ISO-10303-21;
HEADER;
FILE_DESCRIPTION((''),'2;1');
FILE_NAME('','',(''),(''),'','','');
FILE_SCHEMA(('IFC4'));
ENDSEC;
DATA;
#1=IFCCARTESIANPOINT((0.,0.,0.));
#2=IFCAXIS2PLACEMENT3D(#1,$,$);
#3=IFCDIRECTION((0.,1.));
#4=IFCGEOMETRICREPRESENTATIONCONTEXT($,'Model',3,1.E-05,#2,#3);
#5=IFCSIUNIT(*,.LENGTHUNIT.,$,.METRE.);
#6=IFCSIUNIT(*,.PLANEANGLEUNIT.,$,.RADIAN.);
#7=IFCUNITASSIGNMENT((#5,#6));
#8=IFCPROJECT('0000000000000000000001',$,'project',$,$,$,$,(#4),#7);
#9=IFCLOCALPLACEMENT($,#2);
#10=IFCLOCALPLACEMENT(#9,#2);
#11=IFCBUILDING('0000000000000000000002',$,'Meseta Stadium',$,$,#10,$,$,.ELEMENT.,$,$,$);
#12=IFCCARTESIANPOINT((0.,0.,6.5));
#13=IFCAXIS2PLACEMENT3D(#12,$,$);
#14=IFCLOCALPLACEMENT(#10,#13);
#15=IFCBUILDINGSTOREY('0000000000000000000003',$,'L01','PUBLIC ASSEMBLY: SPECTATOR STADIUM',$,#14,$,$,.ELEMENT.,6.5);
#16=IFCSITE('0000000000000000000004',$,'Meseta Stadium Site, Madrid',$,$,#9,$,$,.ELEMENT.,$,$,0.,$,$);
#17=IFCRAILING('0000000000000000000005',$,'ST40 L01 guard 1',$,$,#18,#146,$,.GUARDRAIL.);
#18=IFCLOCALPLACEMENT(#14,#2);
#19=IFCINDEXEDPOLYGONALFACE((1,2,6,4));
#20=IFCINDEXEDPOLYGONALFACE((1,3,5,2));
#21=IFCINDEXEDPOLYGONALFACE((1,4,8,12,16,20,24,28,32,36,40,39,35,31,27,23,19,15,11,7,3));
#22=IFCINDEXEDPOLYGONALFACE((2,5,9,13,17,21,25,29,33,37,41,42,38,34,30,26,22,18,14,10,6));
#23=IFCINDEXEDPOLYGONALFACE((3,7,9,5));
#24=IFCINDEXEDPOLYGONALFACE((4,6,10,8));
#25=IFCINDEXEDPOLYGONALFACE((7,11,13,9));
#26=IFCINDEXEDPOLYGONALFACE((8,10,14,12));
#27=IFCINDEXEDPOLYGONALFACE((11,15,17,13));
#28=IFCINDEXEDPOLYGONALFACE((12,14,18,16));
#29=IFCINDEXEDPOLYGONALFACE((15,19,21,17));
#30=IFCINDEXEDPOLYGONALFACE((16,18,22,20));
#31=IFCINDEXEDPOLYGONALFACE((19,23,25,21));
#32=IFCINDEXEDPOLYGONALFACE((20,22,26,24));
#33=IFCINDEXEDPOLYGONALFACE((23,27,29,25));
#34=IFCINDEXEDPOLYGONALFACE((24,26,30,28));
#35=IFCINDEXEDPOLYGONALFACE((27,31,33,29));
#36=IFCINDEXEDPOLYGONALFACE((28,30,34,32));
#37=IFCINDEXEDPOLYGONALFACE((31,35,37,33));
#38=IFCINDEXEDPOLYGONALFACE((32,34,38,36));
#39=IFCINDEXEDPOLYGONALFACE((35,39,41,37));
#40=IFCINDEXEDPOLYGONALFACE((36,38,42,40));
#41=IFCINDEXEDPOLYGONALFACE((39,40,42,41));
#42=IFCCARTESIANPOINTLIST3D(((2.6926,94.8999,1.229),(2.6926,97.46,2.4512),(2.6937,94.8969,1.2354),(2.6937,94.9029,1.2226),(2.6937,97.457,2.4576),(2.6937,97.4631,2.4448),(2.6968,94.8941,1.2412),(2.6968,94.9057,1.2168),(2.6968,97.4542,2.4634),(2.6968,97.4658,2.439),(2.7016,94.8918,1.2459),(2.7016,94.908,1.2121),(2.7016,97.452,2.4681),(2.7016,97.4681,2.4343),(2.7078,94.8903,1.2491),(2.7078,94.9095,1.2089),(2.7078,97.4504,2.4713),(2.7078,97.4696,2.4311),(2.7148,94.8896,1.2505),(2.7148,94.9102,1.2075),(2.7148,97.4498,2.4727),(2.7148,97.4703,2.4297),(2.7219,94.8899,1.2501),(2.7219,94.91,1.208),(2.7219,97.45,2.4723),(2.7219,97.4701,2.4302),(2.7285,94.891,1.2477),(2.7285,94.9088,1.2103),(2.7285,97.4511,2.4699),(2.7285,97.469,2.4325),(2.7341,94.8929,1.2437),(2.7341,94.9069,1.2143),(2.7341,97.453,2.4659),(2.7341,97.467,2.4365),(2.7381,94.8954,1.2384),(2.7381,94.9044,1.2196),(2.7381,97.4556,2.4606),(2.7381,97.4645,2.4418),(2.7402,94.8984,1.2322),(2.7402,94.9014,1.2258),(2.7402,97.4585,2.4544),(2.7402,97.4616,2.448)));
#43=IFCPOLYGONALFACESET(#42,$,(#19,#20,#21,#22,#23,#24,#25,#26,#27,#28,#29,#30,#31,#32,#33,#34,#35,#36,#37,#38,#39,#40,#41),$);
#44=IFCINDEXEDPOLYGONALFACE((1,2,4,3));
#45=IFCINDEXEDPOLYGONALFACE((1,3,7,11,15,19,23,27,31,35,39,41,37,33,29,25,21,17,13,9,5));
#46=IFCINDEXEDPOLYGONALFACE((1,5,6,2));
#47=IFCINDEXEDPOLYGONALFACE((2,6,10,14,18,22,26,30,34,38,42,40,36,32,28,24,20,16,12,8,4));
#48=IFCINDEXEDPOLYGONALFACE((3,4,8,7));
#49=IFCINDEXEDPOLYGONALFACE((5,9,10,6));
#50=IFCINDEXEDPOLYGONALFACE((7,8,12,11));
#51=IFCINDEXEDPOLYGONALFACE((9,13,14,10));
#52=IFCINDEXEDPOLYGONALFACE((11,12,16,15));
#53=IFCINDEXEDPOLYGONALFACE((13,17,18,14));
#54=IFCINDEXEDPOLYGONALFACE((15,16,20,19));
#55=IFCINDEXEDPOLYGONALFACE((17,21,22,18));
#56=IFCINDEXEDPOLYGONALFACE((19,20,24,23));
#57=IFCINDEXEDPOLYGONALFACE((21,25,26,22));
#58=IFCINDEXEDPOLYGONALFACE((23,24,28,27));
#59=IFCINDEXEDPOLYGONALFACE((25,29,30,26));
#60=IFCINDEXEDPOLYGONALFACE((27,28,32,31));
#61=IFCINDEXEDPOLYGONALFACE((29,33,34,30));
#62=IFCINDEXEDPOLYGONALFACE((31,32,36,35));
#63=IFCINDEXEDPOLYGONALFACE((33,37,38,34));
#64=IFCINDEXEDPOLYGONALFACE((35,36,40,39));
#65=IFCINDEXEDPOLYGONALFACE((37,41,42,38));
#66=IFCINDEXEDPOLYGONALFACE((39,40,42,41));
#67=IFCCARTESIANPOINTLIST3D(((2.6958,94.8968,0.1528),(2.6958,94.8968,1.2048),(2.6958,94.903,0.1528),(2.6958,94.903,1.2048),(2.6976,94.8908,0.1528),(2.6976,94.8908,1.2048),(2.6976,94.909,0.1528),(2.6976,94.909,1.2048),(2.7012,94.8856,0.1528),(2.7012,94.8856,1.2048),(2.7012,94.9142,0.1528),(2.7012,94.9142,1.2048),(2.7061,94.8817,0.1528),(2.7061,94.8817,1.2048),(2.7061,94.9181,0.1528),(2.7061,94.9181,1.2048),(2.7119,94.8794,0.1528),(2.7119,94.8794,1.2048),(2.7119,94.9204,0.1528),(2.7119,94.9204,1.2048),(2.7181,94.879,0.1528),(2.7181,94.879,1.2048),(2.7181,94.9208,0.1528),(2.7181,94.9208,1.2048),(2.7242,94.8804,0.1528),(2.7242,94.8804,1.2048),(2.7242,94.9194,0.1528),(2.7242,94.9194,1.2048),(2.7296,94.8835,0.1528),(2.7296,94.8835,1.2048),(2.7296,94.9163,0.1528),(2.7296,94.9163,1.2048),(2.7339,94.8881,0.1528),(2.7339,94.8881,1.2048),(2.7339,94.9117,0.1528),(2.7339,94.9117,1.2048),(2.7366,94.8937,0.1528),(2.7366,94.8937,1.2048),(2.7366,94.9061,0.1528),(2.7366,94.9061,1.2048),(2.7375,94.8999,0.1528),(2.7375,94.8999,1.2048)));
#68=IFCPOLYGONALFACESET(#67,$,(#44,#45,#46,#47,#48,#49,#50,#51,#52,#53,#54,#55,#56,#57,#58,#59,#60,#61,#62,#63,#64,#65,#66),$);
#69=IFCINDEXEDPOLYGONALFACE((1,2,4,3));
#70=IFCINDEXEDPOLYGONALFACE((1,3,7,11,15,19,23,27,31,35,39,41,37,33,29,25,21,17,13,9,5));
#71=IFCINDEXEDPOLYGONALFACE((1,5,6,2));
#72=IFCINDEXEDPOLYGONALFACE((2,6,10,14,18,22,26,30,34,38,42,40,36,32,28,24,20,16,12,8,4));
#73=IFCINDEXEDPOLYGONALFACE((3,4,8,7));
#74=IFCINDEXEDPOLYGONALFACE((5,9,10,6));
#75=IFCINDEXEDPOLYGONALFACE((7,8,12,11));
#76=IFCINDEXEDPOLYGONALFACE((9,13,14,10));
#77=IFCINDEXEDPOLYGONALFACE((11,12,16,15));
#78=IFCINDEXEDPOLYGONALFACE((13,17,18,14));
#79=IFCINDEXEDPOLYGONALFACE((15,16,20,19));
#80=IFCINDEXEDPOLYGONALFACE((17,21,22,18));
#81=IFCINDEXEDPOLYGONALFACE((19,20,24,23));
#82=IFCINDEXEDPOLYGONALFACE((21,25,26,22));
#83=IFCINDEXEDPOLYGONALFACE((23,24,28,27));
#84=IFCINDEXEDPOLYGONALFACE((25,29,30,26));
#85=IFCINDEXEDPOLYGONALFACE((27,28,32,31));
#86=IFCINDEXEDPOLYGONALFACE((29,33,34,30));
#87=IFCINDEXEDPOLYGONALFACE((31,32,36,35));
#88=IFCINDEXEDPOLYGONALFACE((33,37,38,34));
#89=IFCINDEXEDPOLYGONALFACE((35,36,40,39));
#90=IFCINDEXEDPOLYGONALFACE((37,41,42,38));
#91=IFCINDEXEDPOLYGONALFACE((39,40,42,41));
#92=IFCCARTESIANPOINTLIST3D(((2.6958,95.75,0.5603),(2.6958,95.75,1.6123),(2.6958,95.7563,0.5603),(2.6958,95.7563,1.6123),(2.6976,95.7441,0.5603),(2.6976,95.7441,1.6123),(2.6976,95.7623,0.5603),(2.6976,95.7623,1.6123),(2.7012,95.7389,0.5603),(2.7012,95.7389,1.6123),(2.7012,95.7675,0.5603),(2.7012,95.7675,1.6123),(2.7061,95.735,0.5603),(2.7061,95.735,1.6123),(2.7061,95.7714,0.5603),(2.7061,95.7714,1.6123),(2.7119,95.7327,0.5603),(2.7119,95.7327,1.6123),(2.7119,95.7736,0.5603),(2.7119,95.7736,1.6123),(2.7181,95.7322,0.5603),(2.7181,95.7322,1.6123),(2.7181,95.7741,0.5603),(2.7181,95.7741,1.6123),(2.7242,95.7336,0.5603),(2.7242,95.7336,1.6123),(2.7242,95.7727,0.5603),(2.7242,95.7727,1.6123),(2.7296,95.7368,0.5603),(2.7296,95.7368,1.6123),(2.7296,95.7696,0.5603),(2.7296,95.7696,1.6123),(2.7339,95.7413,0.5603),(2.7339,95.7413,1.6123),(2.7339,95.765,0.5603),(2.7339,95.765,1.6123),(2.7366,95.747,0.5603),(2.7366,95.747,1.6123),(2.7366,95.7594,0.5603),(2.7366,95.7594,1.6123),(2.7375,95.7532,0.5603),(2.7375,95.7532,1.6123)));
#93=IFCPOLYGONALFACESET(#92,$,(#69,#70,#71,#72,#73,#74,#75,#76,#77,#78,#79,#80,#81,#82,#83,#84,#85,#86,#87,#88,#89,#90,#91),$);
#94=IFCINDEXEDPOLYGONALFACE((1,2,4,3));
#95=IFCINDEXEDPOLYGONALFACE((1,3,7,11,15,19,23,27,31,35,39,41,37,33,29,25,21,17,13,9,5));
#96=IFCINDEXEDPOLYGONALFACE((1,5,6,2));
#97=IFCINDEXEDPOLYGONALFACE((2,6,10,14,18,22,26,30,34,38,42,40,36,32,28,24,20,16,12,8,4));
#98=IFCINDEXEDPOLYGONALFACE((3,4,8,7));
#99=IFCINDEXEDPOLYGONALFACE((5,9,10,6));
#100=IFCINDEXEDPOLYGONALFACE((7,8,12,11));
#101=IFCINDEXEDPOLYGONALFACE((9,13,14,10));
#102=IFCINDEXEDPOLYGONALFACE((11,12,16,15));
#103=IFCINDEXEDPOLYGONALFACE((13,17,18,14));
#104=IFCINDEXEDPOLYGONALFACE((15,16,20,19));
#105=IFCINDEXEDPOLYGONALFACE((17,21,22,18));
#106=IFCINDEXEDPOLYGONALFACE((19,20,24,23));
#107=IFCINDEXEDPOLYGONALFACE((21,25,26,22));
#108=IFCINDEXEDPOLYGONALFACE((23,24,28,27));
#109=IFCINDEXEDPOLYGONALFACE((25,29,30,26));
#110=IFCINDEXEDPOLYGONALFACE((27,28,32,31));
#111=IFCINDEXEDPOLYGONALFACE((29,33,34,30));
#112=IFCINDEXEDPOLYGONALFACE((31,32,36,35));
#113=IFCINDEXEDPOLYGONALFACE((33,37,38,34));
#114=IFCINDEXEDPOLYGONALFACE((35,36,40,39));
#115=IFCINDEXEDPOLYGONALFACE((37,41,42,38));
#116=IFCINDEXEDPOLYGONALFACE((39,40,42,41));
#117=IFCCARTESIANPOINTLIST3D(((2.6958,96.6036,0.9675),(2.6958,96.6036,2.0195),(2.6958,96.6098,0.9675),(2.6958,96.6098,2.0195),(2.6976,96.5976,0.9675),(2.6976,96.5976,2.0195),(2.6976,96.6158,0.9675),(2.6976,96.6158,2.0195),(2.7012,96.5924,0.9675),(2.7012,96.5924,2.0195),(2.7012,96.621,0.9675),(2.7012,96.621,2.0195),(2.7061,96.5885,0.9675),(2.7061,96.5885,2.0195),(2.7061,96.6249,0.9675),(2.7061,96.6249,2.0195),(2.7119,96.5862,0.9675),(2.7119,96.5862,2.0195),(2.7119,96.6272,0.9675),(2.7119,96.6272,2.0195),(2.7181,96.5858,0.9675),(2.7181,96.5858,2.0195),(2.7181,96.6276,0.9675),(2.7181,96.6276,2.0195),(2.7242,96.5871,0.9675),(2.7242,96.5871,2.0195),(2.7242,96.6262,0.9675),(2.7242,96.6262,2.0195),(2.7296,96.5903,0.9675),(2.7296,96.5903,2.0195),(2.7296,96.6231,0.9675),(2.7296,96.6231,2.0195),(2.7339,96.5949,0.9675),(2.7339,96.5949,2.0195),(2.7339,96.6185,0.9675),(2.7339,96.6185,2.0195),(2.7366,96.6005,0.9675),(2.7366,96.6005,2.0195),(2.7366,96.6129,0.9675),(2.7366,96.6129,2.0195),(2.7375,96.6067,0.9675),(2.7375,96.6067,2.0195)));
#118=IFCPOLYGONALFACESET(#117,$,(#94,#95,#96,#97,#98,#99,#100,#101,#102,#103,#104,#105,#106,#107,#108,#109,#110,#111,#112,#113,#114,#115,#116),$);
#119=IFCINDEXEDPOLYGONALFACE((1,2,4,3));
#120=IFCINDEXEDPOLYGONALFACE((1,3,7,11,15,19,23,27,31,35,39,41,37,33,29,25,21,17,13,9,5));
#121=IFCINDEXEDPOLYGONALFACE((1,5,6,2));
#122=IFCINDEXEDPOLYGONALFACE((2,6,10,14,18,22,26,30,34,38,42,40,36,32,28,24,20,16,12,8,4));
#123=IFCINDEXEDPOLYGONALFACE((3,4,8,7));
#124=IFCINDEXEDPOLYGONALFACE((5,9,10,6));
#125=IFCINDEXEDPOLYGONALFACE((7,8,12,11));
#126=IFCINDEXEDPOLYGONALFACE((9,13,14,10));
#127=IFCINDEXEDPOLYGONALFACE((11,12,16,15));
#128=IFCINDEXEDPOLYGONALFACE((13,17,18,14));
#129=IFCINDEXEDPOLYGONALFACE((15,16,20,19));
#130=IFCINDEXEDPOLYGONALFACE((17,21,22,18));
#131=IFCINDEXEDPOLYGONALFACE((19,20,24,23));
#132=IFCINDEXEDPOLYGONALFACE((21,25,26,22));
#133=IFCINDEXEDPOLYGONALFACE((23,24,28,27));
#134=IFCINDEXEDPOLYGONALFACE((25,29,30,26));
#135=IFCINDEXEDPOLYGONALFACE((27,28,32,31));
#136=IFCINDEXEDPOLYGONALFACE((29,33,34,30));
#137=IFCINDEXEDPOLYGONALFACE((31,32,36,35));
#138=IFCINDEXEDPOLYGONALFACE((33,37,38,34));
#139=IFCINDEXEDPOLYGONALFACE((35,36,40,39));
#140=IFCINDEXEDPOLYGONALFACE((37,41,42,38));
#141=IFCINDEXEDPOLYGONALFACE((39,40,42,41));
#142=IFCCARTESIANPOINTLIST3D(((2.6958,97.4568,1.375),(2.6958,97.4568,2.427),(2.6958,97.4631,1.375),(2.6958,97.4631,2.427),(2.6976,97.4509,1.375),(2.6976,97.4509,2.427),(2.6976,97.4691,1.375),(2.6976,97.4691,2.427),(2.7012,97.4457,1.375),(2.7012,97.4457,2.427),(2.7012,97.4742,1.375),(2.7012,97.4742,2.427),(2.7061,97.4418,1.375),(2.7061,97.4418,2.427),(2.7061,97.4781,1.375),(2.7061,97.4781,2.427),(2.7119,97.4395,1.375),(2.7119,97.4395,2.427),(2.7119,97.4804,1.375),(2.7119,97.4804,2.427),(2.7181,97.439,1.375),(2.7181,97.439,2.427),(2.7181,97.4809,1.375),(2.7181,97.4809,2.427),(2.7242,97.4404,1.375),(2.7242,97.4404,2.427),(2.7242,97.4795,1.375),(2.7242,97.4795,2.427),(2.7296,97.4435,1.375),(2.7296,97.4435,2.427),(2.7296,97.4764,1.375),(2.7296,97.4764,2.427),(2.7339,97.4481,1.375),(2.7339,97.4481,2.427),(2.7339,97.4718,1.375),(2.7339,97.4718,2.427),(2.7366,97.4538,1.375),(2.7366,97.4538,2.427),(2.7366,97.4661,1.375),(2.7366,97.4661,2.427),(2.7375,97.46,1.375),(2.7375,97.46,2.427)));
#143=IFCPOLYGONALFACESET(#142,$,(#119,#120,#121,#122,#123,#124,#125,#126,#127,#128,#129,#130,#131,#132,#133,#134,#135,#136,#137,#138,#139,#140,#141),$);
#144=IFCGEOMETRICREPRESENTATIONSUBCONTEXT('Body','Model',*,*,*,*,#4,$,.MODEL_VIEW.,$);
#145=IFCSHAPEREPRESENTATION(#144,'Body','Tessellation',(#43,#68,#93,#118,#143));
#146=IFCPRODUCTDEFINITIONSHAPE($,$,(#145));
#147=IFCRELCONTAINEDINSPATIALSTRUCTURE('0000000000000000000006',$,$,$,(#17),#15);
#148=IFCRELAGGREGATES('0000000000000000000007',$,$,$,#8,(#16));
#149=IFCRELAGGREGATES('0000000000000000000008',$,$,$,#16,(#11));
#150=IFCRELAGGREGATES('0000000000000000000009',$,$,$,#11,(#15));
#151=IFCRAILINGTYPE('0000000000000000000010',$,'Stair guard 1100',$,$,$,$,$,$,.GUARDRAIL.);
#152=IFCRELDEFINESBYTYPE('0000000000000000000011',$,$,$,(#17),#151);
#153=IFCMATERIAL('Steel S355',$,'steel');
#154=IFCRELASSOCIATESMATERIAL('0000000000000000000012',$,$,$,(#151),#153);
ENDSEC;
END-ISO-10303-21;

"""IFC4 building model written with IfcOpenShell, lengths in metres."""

from ifc_helpers import new_model, si_unit, direction, frame, origin, origin_2d, place, context, subcontext, project, spatial, circle, extrude, material, type_object, element, save


model = new_model("IFC4")

# Units and contexts
model_context = context("Model", 3, precision=1e-05, world=origin(), true_north=direction((0.0, 1.0)))
body_context = subcontext(model_context, "Body", "Model", "MODEL_VIEW")
ifc_project = project(units=[si_unit("LENGTHUNIT", "METRE"), si_unit("PLANEANGLEUNIT", "RADIAN")], contexts=[model_context])

# Site, building, storey
site_placement = place(None, origin())
site = spatial("IfcSite", under=ifc_project, at=site_placement, Name="Meseta Stadium Site, Madrid", CompositionType="ELEMENT", RefElevation=0.0)
building_placement = place(site_placement, origin())
building = spatial("IfcBuilding", under=site, at=building_placement, Name="Meseta Stadium", CompositionType="ELEMENT")
storey_placement = place(building_placement, frame((0.0, 0.0, 6.5)))
storey = spatial("IfcBuildingStorey", under=building, at=storey_placement, Name="L01", Description="PUBLIC ASSEMBLY: SPECTATOR STADIUM", CompositionType="ELEMENT", Elevation=6.5)

# Railing
ifc_material_1 = material(Name="Steel S355", Category="steel")
railing_type_1 = type_object("IfcRailingType", Name="Stair guard 1100", PredefinedType="GUARDRAIL", material=ifc_material_1)
railing_1_placement = place(storey_placement, frame((2.7166, 94.8999, 0.1528)))
element("IfcRailing", 1, at=railing_1_placement, inside=storey, type_object=railing_type_1, Name="ST40 L01 guard 1", PredefinedType="GUARDRAIL", context=body_context, shape_type="SweptSolid", body=[
    extrude(circle(Radius=0.0239, at=origin_2d()), frame((0.0, 0.0, 1.0762), z_axis=(0.0, 0.902437, 0.430822), x_axis=(-1.0, 0.0, 0.0)), (0.0, 0.0, 1.0), 2.8369),
    extrude(circle(Radius=0.021, at=origin_2d()), origin(), (0.0, 0.0, 1.0), 1.052),
    extrude(circle(Radius=0.021, at=origin_2d()), frame((0.0, 0.8533, 0.4075)), (0.0, 0.0, 1.0), 1.052),
    extrude(circle(Radius=0.021, at=origin_2d()), frame((0.0, 1.7068, 0.8147)), (0.0, 0.0, 1.0), 1.052),
    extrude(circle(Radius=0.021, at=origin_2d()), frame((0.0, 2.5601, 1.2222)), (0.0, 0.0, 1.0), 1.052),
])

save(model, "model.ifc")
